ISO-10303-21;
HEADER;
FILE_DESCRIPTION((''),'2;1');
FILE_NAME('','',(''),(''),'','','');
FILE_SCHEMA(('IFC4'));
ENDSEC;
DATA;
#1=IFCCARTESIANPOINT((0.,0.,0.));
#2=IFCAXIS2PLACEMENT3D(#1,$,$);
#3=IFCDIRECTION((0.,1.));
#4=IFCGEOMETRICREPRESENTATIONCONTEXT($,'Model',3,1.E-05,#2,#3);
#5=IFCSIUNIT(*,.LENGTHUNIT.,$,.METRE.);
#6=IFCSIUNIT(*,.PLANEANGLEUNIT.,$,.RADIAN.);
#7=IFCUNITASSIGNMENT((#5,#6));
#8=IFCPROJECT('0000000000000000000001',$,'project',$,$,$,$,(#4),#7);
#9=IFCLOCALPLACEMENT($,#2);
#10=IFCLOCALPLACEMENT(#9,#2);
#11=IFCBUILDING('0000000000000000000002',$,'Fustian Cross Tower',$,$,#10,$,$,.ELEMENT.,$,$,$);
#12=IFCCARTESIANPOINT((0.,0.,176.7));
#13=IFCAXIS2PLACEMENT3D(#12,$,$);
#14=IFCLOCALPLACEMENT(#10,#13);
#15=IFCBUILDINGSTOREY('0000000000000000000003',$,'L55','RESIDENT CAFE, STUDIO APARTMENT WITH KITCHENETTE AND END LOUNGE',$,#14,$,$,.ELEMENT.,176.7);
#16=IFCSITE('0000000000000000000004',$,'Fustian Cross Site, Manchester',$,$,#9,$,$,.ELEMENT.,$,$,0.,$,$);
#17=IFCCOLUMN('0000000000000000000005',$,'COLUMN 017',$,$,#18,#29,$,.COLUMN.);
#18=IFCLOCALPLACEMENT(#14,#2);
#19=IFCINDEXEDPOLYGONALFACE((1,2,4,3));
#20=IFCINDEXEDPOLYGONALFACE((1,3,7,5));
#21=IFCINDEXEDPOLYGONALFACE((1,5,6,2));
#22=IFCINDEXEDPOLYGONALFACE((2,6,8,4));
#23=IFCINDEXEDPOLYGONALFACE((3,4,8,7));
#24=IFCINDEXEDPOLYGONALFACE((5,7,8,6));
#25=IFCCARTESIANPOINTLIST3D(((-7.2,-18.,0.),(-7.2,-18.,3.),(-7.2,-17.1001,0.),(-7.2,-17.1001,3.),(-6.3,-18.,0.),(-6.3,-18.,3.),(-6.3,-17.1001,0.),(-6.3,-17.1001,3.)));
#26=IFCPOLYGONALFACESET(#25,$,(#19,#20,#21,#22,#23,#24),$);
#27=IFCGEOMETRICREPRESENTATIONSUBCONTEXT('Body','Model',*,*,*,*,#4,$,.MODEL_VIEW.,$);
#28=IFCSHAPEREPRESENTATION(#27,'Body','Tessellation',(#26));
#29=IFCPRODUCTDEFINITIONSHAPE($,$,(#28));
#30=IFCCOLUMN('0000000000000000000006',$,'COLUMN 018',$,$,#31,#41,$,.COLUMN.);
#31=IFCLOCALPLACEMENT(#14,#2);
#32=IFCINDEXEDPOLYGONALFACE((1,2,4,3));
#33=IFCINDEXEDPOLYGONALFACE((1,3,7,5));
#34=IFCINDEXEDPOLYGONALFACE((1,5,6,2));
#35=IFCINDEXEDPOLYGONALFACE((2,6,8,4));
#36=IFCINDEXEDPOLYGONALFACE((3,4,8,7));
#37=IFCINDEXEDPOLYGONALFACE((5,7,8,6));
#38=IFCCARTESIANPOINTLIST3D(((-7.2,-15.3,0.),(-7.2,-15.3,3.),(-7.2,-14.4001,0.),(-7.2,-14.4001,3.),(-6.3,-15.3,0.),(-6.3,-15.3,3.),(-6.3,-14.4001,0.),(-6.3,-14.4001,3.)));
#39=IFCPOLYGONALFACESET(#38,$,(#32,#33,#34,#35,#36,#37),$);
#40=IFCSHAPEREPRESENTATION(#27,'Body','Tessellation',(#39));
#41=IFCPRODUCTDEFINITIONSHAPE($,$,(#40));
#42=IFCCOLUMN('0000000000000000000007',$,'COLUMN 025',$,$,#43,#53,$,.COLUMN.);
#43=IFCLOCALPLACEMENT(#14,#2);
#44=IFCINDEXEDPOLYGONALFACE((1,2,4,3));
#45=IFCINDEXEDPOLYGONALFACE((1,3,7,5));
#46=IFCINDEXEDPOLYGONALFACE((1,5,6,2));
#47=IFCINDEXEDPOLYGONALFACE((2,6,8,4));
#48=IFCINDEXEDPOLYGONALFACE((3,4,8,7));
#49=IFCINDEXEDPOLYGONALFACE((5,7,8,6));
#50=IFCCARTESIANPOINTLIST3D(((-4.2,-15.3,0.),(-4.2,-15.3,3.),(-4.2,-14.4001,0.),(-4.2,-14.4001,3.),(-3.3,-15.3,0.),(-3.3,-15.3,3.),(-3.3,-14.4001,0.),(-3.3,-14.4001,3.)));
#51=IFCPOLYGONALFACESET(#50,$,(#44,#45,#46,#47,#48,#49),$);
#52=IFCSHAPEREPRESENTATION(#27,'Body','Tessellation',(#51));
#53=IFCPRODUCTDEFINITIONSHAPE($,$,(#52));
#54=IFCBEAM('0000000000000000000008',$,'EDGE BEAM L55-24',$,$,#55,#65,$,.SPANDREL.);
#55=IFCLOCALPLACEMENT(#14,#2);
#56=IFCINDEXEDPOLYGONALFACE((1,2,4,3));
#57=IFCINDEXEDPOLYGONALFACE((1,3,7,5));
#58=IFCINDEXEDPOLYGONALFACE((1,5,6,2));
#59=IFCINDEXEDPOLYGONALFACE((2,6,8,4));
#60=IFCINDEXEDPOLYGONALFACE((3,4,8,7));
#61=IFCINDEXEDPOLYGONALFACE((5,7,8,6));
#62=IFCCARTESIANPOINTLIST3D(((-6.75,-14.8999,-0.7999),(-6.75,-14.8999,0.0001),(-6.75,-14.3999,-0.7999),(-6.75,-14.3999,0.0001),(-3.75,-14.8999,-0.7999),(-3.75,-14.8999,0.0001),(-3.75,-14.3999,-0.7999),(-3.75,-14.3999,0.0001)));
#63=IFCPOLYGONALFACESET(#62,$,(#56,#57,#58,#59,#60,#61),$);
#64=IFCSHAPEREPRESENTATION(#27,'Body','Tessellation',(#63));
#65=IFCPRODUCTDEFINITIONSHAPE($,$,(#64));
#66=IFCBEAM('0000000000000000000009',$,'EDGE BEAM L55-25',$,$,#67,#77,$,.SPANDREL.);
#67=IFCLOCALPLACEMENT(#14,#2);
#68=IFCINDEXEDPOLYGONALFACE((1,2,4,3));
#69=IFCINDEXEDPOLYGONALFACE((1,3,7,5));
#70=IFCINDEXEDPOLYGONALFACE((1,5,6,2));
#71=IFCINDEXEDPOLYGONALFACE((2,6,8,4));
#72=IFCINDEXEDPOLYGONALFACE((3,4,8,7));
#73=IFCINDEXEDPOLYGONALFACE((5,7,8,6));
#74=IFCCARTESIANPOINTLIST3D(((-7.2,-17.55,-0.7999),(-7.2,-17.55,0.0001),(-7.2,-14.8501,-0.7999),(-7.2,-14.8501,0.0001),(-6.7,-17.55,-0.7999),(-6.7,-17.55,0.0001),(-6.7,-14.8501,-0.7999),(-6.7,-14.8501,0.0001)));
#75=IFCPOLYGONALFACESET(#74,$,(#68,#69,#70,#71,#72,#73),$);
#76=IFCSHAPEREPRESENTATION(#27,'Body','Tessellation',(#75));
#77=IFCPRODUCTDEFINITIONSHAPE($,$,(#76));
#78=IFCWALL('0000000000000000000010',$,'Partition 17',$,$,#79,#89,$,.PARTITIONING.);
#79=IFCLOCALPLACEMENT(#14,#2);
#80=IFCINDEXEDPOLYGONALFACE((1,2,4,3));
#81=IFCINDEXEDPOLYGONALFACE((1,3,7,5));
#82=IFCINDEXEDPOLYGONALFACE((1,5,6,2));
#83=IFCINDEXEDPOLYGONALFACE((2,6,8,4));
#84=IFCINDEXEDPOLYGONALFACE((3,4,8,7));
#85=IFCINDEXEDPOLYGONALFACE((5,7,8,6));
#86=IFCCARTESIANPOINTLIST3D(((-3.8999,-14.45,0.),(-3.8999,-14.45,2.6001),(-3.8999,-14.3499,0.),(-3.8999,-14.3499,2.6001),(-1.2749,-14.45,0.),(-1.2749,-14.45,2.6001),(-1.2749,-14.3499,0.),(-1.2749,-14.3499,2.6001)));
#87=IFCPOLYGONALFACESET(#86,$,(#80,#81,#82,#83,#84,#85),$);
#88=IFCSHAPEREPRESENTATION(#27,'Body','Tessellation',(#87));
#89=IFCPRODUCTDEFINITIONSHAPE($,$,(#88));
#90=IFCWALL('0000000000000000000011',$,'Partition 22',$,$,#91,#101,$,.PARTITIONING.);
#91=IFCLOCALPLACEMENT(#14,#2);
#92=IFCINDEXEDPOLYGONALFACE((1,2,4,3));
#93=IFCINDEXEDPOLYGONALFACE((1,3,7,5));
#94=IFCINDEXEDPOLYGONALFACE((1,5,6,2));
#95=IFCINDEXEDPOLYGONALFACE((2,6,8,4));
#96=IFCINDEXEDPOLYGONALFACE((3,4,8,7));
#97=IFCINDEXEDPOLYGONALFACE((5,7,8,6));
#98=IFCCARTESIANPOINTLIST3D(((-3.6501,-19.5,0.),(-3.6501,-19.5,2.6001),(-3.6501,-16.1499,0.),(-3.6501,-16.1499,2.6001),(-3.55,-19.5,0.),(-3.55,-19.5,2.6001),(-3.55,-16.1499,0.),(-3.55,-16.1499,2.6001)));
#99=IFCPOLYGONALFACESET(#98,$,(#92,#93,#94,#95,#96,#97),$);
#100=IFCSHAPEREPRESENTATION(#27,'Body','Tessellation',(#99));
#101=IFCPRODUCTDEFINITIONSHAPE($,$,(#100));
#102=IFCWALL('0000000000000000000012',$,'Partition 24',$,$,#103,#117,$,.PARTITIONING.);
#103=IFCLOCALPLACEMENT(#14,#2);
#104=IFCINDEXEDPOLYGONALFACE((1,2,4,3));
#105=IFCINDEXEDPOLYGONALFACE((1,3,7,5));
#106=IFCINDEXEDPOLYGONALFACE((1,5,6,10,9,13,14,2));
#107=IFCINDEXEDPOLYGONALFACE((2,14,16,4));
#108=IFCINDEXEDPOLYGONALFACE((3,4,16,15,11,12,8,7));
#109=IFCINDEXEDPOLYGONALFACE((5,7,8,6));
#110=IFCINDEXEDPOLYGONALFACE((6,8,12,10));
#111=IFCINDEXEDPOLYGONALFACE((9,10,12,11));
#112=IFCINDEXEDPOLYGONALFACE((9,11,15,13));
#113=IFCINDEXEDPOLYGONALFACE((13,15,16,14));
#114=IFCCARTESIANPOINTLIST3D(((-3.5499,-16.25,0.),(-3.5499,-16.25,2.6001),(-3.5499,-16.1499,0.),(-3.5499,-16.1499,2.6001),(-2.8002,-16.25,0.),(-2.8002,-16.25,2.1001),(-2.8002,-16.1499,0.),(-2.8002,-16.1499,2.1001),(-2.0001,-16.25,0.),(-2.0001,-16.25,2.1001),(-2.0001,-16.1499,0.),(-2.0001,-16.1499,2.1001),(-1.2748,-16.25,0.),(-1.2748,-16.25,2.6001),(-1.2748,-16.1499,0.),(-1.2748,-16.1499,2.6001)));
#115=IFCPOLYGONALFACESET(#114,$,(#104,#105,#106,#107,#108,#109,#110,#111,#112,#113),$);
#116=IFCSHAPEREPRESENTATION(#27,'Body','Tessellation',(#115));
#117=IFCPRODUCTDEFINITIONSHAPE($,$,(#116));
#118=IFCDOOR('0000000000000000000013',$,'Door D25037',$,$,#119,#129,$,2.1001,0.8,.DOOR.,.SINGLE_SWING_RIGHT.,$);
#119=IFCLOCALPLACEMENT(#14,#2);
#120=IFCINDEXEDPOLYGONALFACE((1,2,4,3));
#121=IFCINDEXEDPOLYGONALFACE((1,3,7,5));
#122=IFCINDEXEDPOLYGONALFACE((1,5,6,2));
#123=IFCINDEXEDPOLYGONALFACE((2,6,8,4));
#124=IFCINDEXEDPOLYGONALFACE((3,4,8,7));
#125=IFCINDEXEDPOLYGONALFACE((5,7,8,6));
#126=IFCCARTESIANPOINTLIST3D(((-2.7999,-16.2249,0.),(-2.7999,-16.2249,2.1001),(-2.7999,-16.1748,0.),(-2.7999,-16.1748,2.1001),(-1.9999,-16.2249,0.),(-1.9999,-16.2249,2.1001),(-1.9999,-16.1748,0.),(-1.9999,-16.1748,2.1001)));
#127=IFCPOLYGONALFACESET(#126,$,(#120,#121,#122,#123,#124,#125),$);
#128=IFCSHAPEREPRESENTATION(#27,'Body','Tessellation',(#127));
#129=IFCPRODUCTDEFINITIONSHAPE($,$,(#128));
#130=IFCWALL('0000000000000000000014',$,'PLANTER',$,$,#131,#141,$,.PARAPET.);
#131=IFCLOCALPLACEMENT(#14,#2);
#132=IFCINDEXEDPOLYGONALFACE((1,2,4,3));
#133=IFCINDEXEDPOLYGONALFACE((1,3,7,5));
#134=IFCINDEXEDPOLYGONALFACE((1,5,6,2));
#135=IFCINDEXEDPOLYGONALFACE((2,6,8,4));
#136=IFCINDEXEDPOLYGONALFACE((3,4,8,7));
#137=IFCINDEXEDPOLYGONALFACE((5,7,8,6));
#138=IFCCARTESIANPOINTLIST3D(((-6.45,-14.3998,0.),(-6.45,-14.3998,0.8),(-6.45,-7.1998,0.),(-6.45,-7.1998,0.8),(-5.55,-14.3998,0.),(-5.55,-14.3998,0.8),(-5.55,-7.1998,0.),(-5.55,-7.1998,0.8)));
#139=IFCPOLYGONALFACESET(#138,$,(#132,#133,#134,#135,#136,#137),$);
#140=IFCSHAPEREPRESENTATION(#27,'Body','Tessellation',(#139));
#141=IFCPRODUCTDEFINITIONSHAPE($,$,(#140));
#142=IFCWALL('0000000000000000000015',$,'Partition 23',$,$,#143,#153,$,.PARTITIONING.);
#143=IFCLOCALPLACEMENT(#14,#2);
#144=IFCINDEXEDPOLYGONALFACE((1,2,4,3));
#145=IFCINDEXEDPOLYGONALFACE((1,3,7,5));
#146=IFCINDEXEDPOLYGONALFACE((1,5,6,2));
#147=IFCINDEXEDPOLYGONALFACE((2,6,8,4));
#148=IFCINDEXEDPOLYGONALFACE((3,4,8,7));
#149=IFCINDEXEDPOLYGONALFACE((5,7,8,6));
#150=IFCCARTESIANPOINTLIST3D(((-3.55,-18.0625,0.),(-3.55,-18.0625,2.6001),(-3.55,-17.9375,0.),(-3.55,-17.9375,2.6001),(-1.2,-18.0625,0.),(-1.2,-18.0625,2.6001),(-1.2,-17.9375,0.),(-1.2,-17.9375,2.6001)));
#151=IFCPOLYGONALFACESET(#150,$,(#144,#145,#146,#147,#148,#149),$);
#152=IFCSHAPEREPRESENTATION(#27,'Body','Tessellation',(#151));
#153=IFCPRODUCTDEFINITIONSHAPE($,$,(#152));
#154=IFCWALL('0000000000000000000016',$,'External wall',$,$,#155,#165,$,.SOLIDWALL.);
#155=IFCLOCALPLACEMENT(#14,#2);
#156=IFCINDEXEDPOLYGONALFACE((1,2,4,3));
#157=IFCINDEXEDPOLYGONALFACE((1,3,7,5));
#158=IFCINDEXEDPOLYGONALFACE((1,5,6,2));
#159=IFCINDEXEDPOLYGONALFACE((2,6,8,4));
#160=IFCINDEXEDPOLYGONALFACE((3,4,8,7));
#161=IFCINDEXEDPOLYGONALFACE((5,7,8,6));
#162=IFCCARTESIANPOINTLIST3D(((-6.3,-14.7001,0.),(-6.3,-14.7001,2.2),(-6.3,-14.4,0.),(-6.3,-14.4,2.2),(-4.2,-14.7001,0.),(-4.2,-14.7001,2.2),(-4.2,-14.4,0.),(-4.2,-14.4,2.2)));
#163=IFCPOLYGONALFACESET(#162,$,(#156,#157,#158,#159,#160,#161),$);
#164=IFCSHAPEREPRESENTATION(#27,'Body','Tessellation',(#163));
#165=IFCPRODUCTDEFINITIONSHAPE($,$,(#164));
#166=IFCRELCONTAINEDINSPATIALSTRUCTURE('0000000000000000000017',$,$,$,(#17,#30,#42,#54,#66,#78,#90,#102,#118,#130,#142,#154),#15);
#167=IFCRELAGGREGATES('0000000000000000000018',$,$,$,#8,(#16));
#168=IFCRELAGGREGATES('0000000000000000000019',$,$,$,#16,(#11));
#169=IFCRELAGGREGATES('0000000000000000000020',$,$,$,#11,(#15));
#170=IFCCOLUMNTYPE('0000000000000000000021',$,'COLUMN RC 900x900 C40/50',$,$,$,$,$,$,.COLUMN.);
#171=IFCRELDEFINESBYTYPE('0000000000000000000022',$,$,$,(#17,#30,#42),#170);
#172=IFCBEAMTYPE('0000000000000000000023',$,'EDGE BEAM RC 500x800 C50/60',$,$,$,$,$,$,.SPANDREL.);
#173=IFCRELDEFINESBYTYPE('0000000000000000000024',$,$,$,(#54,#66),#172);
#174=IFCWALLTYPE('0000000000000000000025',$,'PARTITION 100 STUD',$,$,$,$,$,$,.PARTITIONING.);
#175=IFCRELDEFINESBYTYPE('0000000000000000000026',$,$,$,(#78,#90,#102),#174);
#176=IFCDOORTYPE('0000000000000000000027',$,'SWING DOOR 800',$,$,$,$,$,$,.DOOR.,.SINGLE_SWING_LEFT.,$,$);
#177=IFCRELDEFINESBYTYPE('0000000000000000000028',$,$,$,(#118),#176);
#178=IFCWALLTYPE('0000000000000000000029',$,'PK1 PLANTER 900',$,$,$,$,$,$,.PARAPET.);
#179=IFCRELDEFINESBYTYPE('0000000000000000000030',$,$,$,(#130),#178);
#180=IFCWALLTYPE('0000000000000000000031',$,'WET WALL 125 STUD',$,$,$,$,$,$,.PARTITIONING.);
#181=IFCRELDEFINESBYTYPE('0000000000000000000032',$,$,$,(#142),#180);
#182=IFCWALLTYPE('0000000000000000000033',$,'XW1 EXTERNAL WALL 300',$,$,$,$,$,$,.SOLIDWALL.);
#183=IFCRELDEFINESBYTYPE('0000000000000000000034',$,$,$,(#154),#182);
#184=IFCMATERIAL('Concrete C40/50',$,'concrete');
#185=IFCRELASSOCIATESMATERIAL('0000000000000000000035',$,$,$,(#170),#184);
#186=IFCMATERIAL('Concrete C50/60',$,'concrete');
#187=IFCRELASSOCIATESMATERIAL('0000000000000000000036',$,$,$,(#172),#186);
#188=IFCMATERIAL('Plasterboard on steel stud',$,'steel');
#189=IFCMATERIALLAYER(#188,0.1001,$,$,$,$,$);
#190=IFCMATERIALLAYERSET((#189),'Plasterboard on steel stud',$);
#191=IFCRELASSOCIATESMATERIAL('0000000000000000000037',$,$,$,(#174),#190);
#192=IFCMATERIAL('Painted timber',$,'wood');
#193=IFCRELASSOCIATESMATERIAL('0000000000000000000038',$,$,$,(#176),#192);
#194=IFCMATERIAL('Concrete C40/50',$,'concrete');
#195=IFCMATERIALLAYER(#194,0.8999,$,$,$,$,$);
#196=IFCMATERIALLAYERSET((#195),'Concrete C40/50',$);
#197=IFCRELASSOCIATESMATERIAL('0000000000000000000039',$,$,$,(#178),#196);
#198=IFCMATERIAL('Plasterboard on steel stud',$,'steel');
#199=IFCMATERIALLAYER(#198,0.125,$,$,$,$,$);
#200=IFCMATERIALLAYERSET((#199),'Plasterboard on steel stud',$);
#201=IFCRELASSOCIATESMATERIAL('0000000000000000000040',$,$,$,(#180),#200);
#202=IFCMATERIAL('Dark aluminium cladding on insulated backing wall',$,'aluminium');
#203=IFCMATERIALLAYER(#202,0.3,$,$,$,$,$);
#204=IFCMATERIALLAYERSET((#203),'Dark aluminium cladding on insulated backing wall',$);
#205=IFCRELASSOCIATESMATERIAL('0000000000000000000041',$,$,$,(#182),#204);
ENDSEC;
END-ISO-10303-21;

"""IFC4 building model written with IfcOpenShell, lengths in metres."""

from ifc_helpers import new_model, si_unit, direction, frame, frame_2d, origin, origin_2d, place, context, subcontext, project, spatial, rectangle, extrude, material, layer, layer_set, material_profile, profile_set, type_object, element, fill, save


model = new_model("IFC4")

# Units and contexts
model_context = context("Model", 3, precision=1e-05, world=origin(), true_north=direction((0.0, 1.0)))
body_context = subcontext(model_context, "Body", "Model", "MODEL_VIEW")
ifc_project = project(units=[si_unit("LENGTHUNIT", "METRE"), si_unit("PLANEANGLEUNIT", "RADIAN")], contexts=[model_context])

# Site, building, storey
site_placement = place(None, origin())
site = spatial("IfcSite", under=ifc_project, at=site_placement, Name="Fustian Cross Site, Manchester", CompositionType="ELEMENT", RefElevation=0.0)
building_placement = place(site_placement, origin())
building = spatial("IfcBuilding", under=site, at=building_placement, Name="Fustian Cross Tower", CompositionType="ELEMENT")
storey_placement = place(building_placement, frame((0.0, 0.0, 176.7)))
storey = spatial("IfcBuildingStorey", under=building, at=storey_placement, Name="L55", Description="RESIDENT CAFE, STUDIO APARTMENT WITH KITCHENETTE AND END LOUNGE", CompositionType="ELEMENT", Elevation=176.7)

# Columns
ifc_material_1 = material(Name="Concrete C40/50", Category="concrete")
ifc_material_profile_1 = material_profile(ifc_material_1, rectangle(XDim=0.8999, YDim=0.8999, at=origin_2d()), Name="RC 900x900")
ifc_profile_set_1 = profile_set([ifc_material_profile_1], Name="Concrete C40/50")
column_type = type_object("IfcColumnType", Name="COLUMN RC 900x900 C40/50", PredefinedType="COLUMN", material=ifc_profile_set_1)
for number, where, z_axis, x_axis, name in (
    (1, (-6.75, -17.55, 0.0), (0.0, 0.0, 1.0), (1.0, 0.0, 0.0), "COLUMN 017"),
    (2, (-6.75, -14.8501, 0.0), (0.0, 0.0, 1.0), (1.0, 0.0, 0.0), "COLUMN 018"),
    (3, (-3.75, -14.8501, 0.0), (0.0, 0.0, 1.0), (1.0, 0.0, 0.0), "COLUMN 025"),
):
    element("IfcColumn", number, at=place(storey_placement, frame(where, z_axis=z_axis, x_axis=x_axis)), inside=storey, type_object=column_type, Name=name, PredefinedType="COLUMN", context=body_context, shape_type="SweptSolid", body=[
        extrude(rectangle(XDim=0.8999, YDim=0.8999, at=origin_2d()), origin(), (0.0, 0.0, 1.0), 3.0),
    ])

# Beams
ifc_material_2 = material(Name="Concrete C50/60", Category="concrete")
ifc_material_profile_2 = material_profile(ifc_material_2, rectangle(XDim=0.5, YDim=0.8, at=origin_2d()), Name="RC 500x800")
ifc_profile_set_2 = profile_set([ifc_material_profile_2], Name="Concrete C50/60")
beam_type = type_object("IfcBeamType", Name="EDGE BEAM RC 500x800 C50/60", PredefinedType="SPANDREL", material=ifc_profile_set_2)
beam_1_placement = place(storey_placement, frame((-3.75, -14.6499, -0.3999), z_axis=(-1.0, 0.0, 0.0), x_axis=(0.0, -1.0, 0.0)))
element("IfcBeam", 4, at=beam_1_placement, inside=storey, type_object=beam_type, Name="EDGE BEAM L55-24", PredefinedType="SPANDREL", context=body_context, shape_type="SweptSolid", body=[
    extrude(rectangle(XDim=0.5, YDim=0.8, at=origin_2d()), origin(), (0.0, 0.0, 1.0), 3.0),
])
beam_2_placement = place(storey_placement, frame((-6.95, -14.8501, -0.3999), z_axis=(0.0, -1.0, 0.0), x_axis=(1.0, 0.0, 0.0)))
element("IfcBeam", 5, at=beam_2_placement, inside=storey, type_object=beam_type, Name="EDGE BEAM L55-25", PredefinedType="SPANDREL", context=body_context, shape_type="SweptSolid", body=[
    extrude(rectangle(XDim=0.5, YDim=0.8, at=origin_2d()), origin(), (0.0, 0.0, 1.0), 2.7),
])

# Walls
ifc_material_3 = material(Name="Plasterboard on steel stud", Category="steel")
ifc_layer_1 = layer(ifc_material_3, 0.1001)
ifc_layer_set_1 = layer_set([ifc_layer_1], Name="Plasterboard on steel stud")
wall_type_1 = type_object("IfcWallType", Name="PARTITION 100 STUD", PredefinedType="PARTITIONING", material=ifc_layer_set_1)
wall_1_placement = place(storey_placement, frame((-3.8999, -14.3999, 0.0), z_axis=(0.0, 0.0, 1.0), x_axis=(1.0, 0.0, 0.0)))
element("IfcWall", 6, at=wall_1_placement, inside=storey, type_object=wall_type_1, Name="Partition 17", PredefinedType="PARTITIONING", context=body_context, shape_type="SweptSolid", body=[
    extrude(rectangle(XDim=2.625, YDim=0.1001, at=frame_2d((1.3125, 0.0))), origin(), (0.0, 0.0, 1.0), 2.6001),
])
wall_2_placement = place(storey_placement, frame((-3.6001, -19.5, 0.0), z_axis=(0.0, 0.0, 1.0), x_axis=(0.0, 1.0, 0.0)))
element("IfcWall", 7, at=wall_2_placement, inside=storey, type_object=wall_type_1, Name="Partition 22", PredefinedType="PARTITIONING", context=body_context, shape_type="SweptSolid", body=[
    extrude(rectangle(XDim=3.3501, YDim=0.1001, at=frame_2d((1.675, 0.0))), origin(), (0.0, 0.0, 1.0), 2.6001),
])

# Wall, opening, door
wall_3_placement = place(storey_placement, frame((-3.55, -16.2, 0.0), z_axis=(0.0, 0.0, 1.0), x_axis=(1.0, 0.0, 0.0)))
wall_3 = element("IfcWall", 8, at=wall_3_placement, inside=storey, type_object=wall_type_1, Name="Partition 24", PredefinedType="PARTITIONING", context=body_context, shape_type="SweptSolid", body=[
    extrude(rectangle(XDim=2.2751, YDim=0.1001, at=frame_2d((1.1377, 0.0))), origin(), (0.0, 0.0, 1.0), 2.6001),
])
opening_1_placement = place(wall_3_placement, frame((0.75, 0.0, 0.0)))
opening_1 = element("IfcOpeningElement", 9, at=opening_1_placement, cuts=wall_3, PredefinedType="OPENING", context=body_context, shape_type="SweptSolid", body=[
    extrude(rectangle(XDim=0.8, YDim=2.1001, at=frame_2d((0.3999, 1.05))), frame((0.0, 0.0601, 0.0), z_axis=(0.0, -1.0, 0.0), x_axis=(1.0, 0.0, 0.0)), (0.0, 0.0, 1.0), 0.1201),
])
ifc_material_4 = material(Name="Painted timber", Category="wood")
door_type = type_object("IfcDoorType", Name="SWING DOOR 800", OperationType="SINGLE_SWING_LEFT", PredefinedType="DOOR", material=ifc_material_4)
door_placement = place(opening_1_placement, frame((0.8, 0.0, 0.0), z_axis=(0.0, 0.0, 1.0), x_axis=(-1.0, 0.0, 0.0)))
door = element("IfcDoor", 10, at=door_placement, inside=storey, type_object=door_type, Name="Door D25037", OperationType="SINGLE_SWING_RIGHT", OverallHeight=2.1001, OverallWidth=0.8, PredefinedType="DOOR", context=body_context, shape_type="SweptSolid", body=[
    extrude(rectangle(XDim=0.8, YDim=2.1001, at=frame_2d((0.3999, 1.05))), frame((0.0, 0.0249, 0.0), z_axis=(0.0, -1.0, 0.0), x_axis=(1.0, 0.0, 0.0)), (0.0, 0.0, 1.0), 0.05),
])
fill(opening_1, door)

# Walls
ifc_material_5 = material(Name="Concrete C40/50", Category="concrete")
ifc_layer_2 = layer(ifc_material_5, 0.8999)
ifc_layer_set_2 = layer_set([ifc_layer_2], Name="Concrete C40/50")
wall_type_2 = type_object("IfcWallType", Name="PK1 PLANTER 900", PredefinedType="PARAPET", material=ifc_layer_set_2)
wall_4_placement = place(storey_placement, frame((-6.0, -14.3999, 0.0), z_axis=(0.0, 0.0, 1.0), x_axis=(0.0, 1.0, 0.0)))
element("IfcWall", 11, at=wall_4_placement, inside=storey, type_object=wall_type_2, Name="PLANTER", PredefinedType="PARAPET", context=body_context, shape_type="SweptSolid", body=[
    extrude(rectangle(XDim=7.2, YDim=0.8999, at=frame_2d((3.6001, 0.0))), origin(), (0.0, 0.0, 1.0), 0.8),
])
ifc_material_6 = material(Name="Plasterboard on steel stud", Category="steel")
ifc_layer_3 = layer(ifc_material_6, 0.125)
ifc_layer_set_3 = layer_set([ifc_layer_3], Name="Plasterboard on steel stud")
wall_type_3 = type_object("IfcWallType", Name="WET WALL 125 STUD", PredefinedType="PARTITIONING", material=ifc_layer_set_3)
wall_5_placement = place(storey_placement, frame((-3.55, -18.0, 0.0), z_axis=(0.0, 0.0, 1.0), x_axis=(1.0, 0.0, 0.0)))
element("IfcWall", 12, at=wall_5_placement, inside=storey, type_object=wall_type_3, Name="Partition 23", PredefinedType="PARTITIONING", context=body_context, shape_type="SweptSolid", body=[
    extrude(rectangle(XDim=2.3501, YDim=0.125, at=frame_2d((1.175, 0.0))), origin(), (0.0, 0.0, 1.0), 2.6001),
])
ifc_material_7 = material(Name="Dark aluminium cladding on insulated backing wall", Category="aluminium")
ifc_layer_4 = layer(ifc_material_7, 0.3)
ifc_layer_set_4 = layer_set([ifc_layer_4], Name="Dark aluminium cladding on insulated backing wall")
wall_type_4 = type_object("IfcWallType", Name="XW1 EXTERNAL WALL 300", PredefinedType="SOLIDWALL", material=ifc_layer_set_4)
wall_6_placement = place(storey_placement, frame((-4.2, -14.55, 0.0), z_axis=(0.0, 0.0, 1.0), x_axis=(-1.0, 0.0, 0.0)))
element("IfcWall", 13, at=wall_6_placement, inside=storey, type_object=wall_type_4, Name="External wall", PredefinedType="SOLIDWALL", context=body_context, shape_type="SweptSolid", body=[
    extrude(rectangle(XDim=2.1001, YDim=0.3, at=frame_2d((1.05, 0.0))), origin(), (0.0, 0.0, 1.0), 2.2),
])

save(model, "model.ifc")
